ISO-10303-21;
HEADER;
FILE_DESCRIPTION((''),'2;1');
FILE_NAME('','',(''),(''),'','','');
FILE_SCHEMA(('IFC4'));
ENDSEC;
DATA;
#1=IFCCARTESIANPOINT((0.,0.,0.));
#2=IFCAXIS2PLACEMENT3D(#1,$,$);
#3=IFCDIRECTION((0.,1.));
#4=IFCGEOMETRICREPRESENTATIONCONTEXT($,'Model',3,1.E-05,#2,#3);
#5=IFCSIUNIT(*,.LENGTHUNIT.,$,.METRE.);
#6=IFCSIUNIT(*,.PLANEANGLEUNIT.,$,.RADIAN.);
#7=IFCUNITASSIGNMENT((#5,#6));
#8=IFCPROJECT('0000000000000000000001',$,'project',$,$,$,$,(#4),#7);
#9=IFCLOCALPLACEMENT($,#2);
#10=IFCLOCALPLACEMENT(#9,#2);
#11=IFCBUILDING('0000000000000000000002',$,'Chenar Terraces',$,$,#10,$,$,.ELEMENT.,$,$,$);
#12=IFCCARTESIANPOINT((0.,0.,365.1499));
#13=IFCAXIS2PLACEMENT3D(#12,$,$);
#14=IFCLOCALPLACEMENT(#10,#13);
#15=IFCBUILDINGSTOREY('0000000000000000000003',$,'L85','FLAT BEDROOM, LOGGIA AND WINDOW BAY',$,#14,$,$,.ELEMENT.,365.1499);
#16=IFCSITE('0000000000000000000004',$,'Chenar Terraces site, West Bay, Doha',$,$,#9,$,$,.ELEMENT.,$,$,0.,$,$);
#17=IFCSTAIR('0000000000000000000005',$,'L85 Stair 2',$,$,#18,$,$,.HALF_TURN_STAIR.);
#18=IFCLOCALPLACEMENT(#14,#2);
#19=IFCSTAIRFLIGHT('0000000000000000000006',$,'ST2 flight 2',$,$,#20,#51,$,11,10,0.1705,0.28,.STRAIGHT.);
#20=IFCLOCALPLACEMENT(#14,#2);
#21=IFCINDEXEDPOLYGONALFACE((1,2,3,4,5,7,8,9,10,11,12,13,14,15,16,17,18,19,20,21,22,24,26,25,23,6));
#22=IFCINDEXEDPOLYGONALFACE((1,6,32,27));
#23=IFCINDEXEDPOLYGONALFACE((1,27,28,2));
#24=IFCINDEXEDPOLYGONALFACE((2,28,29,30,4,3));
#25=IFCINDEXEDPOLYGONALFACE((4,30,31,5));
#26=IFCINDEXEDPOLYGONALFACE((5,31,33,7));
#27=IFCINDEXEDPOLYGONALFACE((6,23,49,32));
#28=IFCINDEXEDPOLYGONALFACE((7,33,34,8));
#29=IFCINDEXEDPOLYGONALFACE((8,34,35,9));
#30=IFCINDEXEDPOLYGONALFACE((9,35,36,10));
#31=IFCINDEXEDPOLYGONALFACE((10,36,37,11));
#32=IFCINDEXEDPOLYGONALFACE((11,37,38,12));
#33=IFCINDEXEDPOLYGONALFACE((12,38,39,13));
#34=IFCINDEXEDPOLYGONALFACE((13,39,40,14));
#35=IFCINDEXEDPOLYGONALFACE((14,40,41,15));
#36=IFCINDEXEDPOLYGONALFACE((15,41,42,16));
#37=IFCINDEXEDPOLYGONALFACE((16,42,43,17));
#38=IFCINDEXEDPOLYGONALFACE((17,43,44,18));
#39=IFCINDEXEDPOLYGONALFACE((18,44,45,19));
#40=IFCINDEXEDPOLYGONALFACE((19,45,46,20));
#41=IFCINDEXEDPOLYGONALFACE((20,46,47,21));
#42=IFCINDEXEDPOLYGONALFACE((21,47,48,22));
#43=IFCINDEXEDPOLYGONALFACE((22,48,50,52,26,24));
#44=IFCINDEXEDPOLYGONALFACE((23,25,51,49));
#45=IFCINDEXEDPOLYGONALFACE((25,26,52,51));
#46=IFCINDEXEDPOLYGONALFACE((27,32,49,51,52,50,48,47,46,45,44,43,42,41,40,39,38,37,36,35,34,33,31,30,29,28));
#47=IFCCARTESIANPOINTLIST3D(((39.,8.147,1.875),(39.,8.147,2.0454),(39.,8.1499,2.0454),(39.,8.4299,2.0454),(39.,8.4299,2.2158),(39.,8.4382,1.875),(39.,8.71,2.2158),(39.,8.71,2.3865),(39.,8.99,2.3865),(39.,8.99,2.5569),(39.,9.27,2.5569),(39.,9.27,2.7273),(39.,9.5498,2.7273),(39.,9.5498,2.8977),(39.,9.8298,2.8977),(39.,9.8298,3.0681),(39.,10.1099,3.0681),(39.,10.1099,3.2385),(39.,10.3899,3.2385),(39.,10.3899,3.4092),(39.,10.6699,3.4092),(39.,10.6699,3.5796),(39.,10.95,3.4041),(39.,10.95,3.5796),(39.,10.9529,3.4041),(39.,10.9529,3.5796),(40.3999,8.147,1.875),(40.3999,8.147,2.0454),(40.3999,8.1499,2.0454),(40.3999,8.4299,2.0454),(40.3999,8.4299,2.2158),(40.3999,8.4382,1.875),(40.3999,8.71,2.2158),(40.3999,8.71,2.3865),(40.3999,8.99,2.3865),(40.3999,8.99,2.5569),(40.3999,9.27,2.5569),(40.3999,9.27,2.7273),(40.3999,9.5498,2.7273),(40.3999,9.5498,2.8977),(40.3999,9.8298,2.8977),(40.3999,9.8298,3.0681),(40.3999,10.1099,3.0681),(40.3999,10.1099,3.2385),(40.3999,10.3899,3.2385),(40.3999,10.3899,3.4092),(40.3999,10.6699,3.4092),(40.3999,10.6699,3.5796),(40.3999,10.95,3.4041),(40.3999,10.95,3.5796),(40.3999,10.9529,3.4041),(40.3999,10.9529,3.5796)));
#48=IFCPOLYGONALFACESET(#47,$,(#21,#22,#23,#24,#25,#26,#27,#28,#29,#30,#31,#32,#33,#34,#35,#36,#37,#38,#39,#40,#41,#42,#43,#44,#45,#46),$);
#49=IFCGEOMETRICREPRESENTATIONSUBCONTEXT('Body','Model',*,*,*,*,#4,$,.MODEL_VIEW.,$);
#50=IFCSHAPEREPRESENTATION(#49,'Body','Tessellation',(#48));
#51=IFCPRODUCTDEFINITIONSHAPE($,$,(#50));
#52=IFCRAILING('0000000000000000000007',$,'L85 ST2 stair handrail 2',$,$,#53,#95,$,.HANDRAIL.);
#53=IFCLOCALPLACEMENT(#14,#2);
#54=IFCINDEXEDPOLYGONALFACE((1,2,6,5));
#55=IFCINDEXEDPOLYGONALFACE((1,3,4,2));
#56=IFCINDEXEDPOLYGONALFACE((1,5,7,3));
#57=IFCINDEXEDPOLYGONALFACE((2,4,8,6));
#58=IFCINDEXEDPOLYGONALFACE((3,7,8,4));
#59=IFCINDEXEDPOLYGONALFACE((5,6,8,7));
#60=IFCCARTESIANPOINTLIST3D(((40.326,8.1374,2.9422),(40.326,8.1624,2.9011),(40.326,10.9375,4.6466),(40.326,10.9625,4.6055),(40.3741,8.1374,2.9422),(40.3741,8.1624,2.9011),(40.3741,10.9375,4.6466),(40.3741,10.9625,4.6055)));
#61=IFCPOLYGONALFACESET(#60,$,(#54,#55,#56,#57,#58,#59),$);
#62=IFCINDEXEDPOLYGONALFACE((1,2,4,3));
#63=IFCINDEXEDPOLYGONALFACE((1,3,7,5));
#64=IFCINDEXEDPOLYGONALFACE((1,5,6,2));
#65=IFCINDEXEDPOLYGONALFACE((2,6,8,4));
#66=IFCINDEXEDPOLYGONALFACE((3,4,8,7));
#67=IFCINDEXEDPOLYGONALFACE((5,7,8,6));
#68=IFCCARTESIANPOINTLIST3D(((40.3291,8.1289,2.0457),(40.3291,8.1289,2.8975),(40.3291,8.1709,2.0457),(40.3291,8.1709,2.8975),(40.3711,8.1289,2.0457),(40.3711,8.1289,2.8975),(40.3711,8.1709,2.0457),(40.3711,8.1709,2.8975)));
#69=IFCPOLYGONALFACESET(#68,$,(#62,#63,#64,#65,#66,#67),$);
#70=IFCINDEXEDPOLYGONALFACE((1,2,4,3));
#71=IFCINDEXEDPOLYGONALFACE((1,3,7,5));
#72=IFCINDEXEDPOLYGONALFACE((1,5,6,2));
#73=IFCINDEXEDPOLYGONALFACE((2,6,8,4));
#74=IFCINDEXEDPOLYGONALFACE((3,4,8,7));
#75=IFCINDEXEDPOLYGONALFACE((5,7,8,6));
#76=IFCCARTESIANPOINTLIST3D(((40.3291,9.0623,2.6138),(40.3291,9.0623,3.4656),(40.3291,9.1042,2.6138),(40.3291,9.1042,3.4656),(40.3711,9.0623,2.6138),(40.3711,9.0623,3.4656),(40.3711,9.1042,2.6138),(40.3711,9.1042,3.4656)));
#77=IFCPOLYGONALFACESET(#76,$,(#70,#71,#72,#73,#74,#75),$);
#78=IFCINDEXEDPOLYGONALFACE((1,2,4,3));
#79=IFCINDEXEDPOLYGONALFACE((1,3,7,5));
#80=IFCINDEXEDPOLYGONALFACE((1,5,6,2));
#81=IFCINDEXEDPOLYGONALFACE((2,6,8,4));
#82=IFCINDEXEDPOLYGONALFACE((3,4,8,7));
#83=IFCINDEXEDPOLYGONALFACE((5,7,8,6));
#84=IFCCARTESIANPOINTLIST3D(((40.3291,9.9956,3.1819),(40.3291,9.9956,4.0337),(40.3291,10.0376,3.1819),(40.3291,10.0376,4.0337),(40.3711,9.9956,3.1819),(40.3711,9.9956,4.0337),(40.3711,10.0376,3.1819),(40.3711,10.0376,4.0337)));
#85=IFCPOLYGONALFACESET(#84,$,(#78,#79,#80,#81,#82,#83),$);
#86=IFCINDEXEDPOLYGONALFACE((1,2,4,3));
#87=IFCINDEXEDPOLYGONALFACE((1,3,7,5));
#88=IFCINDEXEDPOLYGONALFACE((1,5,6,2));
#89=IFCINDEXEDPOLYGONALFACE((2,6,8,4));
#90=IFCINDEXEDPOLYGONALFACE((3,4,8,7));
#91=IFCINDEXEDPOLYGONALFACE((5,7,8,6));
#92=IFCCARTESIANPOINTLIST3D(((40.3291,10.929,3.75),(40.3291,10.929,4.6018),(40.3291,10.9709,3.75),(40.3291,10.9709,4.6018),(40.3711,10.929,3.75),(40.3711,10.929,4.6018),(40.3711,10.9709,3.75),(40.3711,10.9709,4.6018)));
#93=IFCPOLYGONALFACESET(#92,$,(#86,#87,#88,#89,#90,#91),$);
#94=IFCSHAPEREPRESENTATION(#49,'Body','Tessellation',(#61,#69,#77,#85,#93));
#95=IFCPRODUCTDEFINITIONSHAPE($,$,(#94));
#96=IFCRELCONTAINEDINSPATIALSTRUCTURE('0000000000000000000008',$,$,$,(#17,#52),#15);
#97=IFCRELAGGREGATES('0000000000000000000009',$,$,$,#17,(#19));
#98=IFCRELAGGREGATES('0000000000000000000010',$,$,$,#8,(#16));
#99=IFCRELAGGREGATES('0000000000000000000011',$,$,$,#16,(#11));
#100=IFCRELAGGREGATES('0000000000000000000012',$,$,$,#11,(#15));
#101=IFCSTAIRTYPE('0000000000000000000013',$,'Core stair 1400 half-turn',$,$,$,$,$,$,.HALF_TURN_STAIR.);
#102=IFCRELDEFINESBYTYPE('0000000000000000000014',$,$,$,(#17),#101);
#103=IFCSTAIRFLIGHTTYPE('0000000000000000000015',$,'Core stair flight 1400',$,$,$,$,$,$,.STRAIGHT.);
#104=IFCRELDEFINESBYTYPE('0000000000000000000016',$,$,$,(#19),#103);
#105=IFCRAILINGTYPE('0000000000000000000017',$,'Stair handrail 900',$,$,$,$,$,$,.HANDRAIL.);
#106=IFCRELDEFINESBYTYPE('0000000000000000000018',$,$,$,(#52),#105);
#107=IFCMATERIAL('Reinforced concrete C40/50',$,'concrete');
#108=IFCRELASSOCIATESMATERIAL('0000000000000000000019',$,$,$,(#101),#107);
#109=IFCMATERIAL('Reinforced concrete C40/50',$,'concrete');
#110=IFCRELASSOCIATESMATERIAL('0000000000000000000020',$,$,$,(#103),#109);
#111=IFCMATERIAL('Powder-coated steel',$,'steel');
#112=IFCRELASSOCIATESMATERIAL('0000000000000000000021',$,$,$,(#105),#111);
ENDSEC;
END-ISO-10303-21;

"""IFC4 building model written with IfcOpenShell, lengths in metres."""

from ifc_helpers import new_model, si_unit, direction, frame, origin, origin_2d, place, context, subcontext, project, spatial, polyline, rectangle, outline, extrude, material, type_object, element, aggregate, save


model = new_model("IFC4")

# Units and contexts
model_context = context("Model", 3, precision=1e-05, world=origin(), true_north=direction((0.0, 1.0)))
body_context = subcontext(model_context, "Body", "Model", "MODEL_VIEW")
ifc_project = project(units=[si_unit("LENGTHUNIT", "METRE"), si_unit("PLANEANGLEUNIT", "RADIAN")], contexts=[model_context])

# Site, building, storey
site_placement = place(None, origin())
site = spatial("IfcSite", under=ifc_project, at=site_placement, Name="Chenar Terraces site, West Bay, Doha", CompositionType="ELEMENT", RefElevation=0.0)
building_placement = place(site_placement, origin())
building = spatial("IfcBuilding", under=site, at=building_placement, Name="Chenar Terraces", CompositionType="ELEMENT")
storey_placement = place(building_placement, frame((0.0, 0.0, 365.1499)))
storey = spatial("IfcBuildingStorey", under=building, at=storey_placement, Name="L85", Description="FLAT BEDROOM, LOGGIA AND WINDOW BAY", CompositionType="ELEMENT", Elevation=365.1499)

# Stair, stair flight
ifc_material_1 = material(Name="Reinforced concrete C40/50", Category="concrete")
stair_type = type_object("IfcStairType", Name="Core stair 1400 half-turn", PredefinedType="HALF_TURN_STAIR", material=ifc_material_1)
stair_placement = place(storey_placement, origin())
stair = element("IfcStair", 1, at=stair_placement, inside=storey, type_object=stair_type, Name="L85 Stair 2", PredefinedType="HALF_TURN_STAIR")
ifc_material_2 = material(Name="Reinforced concrete C40/50", Category="concrete")
stair_flight_type = type_object("IfcStairFlightType", Name="Core stair flight 1400", PredefinedType="STRAIGHT", material=ifc_material_2)
stair_flight_placement = place(storey_placement, frame((39.7, 8.1499, 1.875), z_axis=(0.0, 0.0, 1.0), x_axis=(0.0, 1.0, 0.0)))
stair_flight = element("IfcStairFlight", 2, at=stair_flight_placement, type_object=stair_flight_type, Name="ST2 flight 2", NumberOfRisers=11, NumberOfTreads=10, PredefinedType="STRAIGHT", RiserHeight=0.1705, TreadLength=0.28, context=body_context, shape_type="SweptSolid", body=[
    extrude(outline(polyline([(-0.0029, 0.0), (-0.0029, 0.1704), (0.0, 0.1704), (0.28, 0.1704), (0.28, 0.3408), (0.5601, 0.3408), (0.5601, 0.5115), (0.8401, 0.5115), (0.8401, 0.6819), (1.1201, 0.6819), (1.1201, 0.8523), (1.3999, 0.8523), (1.3999, 1.0227), (1.6799, 1.0227), (1.6799, 1.1931), (1.96, 1.1931), (1.96, 1.3635), (2.24, 1.3635), (2.24, 1.5342), (2.52, 1.5342), (2.52, 1.7046), (2.8, 1.7046), (2.803, 1.7046), (2.803, 1.5291), (2.8, 1.5291), (0.2883, 0.0), (-0.0029, 0.0)])), frame((0.0, 0.7, 0.0), z_axis=(0.0, -1.0, 0.0), x_axis=(1.0, 0.0, 0.0)), (0.0, 0.0, 1.0), 1.3999),
])
aggregate(stair, [stair_flight])

# Railing
ifc_material_3 = material(Name="Powder-coated steel", Category="steel")
railing_type = type_object("IfcRailingType", Name="Stair handrail 900", PredefinedType="HANDRAIL", material=ifc_material_3)
railing_placement = place(storey_placement, frame((40.3501, 8.1499, 2.0457)))
element("IfcRailing", 3, at=railing_placement, inside=storey, type_object=railing_type, Name="L85 ST2 stair handrail 2", PredefinedType="HANDRAIL", context=body_context, shape_type="SweptSolid", body=[
    extrude(rectangle(XDim=0.0481, YDim=0.0481, at=origin_2d()), frame((0.0, 0.0, 0.876), z_axis=(0.0, 0.854203, 0.51994), x_axis=(-1.0, 0.0, 0.0)), (0.0, 0.0, 1.0), 3.2781),
    extrude(rectangle(XDim=0.042, YDim=0.042, at=origin_2d()), origin(), (0.0, 0.0, 1.0), 0.8518),
    extrude(rectangle(XDim=0.042, YDim=0.042, at=origin_2d()), frame((0.0, 0.9333, 0.5681)), (0.0, 0.0, 1.0), 0.8518),
    extrude(rectangle(XDim=0.042, YDim=0.042, at=origin_2d()), frame((0.0, 1.8667, 1.1362)), (0.0, 0.0, 1.0), 0.8518),
    extrude(rectangle(XDim=0.042, YDim=0.042, at=origin_2d()), frame((0.0, 2.8, 1.7043)), (0.0, 0.0, 1.0), 0.8518),
])

save(model, "model.ifc")
